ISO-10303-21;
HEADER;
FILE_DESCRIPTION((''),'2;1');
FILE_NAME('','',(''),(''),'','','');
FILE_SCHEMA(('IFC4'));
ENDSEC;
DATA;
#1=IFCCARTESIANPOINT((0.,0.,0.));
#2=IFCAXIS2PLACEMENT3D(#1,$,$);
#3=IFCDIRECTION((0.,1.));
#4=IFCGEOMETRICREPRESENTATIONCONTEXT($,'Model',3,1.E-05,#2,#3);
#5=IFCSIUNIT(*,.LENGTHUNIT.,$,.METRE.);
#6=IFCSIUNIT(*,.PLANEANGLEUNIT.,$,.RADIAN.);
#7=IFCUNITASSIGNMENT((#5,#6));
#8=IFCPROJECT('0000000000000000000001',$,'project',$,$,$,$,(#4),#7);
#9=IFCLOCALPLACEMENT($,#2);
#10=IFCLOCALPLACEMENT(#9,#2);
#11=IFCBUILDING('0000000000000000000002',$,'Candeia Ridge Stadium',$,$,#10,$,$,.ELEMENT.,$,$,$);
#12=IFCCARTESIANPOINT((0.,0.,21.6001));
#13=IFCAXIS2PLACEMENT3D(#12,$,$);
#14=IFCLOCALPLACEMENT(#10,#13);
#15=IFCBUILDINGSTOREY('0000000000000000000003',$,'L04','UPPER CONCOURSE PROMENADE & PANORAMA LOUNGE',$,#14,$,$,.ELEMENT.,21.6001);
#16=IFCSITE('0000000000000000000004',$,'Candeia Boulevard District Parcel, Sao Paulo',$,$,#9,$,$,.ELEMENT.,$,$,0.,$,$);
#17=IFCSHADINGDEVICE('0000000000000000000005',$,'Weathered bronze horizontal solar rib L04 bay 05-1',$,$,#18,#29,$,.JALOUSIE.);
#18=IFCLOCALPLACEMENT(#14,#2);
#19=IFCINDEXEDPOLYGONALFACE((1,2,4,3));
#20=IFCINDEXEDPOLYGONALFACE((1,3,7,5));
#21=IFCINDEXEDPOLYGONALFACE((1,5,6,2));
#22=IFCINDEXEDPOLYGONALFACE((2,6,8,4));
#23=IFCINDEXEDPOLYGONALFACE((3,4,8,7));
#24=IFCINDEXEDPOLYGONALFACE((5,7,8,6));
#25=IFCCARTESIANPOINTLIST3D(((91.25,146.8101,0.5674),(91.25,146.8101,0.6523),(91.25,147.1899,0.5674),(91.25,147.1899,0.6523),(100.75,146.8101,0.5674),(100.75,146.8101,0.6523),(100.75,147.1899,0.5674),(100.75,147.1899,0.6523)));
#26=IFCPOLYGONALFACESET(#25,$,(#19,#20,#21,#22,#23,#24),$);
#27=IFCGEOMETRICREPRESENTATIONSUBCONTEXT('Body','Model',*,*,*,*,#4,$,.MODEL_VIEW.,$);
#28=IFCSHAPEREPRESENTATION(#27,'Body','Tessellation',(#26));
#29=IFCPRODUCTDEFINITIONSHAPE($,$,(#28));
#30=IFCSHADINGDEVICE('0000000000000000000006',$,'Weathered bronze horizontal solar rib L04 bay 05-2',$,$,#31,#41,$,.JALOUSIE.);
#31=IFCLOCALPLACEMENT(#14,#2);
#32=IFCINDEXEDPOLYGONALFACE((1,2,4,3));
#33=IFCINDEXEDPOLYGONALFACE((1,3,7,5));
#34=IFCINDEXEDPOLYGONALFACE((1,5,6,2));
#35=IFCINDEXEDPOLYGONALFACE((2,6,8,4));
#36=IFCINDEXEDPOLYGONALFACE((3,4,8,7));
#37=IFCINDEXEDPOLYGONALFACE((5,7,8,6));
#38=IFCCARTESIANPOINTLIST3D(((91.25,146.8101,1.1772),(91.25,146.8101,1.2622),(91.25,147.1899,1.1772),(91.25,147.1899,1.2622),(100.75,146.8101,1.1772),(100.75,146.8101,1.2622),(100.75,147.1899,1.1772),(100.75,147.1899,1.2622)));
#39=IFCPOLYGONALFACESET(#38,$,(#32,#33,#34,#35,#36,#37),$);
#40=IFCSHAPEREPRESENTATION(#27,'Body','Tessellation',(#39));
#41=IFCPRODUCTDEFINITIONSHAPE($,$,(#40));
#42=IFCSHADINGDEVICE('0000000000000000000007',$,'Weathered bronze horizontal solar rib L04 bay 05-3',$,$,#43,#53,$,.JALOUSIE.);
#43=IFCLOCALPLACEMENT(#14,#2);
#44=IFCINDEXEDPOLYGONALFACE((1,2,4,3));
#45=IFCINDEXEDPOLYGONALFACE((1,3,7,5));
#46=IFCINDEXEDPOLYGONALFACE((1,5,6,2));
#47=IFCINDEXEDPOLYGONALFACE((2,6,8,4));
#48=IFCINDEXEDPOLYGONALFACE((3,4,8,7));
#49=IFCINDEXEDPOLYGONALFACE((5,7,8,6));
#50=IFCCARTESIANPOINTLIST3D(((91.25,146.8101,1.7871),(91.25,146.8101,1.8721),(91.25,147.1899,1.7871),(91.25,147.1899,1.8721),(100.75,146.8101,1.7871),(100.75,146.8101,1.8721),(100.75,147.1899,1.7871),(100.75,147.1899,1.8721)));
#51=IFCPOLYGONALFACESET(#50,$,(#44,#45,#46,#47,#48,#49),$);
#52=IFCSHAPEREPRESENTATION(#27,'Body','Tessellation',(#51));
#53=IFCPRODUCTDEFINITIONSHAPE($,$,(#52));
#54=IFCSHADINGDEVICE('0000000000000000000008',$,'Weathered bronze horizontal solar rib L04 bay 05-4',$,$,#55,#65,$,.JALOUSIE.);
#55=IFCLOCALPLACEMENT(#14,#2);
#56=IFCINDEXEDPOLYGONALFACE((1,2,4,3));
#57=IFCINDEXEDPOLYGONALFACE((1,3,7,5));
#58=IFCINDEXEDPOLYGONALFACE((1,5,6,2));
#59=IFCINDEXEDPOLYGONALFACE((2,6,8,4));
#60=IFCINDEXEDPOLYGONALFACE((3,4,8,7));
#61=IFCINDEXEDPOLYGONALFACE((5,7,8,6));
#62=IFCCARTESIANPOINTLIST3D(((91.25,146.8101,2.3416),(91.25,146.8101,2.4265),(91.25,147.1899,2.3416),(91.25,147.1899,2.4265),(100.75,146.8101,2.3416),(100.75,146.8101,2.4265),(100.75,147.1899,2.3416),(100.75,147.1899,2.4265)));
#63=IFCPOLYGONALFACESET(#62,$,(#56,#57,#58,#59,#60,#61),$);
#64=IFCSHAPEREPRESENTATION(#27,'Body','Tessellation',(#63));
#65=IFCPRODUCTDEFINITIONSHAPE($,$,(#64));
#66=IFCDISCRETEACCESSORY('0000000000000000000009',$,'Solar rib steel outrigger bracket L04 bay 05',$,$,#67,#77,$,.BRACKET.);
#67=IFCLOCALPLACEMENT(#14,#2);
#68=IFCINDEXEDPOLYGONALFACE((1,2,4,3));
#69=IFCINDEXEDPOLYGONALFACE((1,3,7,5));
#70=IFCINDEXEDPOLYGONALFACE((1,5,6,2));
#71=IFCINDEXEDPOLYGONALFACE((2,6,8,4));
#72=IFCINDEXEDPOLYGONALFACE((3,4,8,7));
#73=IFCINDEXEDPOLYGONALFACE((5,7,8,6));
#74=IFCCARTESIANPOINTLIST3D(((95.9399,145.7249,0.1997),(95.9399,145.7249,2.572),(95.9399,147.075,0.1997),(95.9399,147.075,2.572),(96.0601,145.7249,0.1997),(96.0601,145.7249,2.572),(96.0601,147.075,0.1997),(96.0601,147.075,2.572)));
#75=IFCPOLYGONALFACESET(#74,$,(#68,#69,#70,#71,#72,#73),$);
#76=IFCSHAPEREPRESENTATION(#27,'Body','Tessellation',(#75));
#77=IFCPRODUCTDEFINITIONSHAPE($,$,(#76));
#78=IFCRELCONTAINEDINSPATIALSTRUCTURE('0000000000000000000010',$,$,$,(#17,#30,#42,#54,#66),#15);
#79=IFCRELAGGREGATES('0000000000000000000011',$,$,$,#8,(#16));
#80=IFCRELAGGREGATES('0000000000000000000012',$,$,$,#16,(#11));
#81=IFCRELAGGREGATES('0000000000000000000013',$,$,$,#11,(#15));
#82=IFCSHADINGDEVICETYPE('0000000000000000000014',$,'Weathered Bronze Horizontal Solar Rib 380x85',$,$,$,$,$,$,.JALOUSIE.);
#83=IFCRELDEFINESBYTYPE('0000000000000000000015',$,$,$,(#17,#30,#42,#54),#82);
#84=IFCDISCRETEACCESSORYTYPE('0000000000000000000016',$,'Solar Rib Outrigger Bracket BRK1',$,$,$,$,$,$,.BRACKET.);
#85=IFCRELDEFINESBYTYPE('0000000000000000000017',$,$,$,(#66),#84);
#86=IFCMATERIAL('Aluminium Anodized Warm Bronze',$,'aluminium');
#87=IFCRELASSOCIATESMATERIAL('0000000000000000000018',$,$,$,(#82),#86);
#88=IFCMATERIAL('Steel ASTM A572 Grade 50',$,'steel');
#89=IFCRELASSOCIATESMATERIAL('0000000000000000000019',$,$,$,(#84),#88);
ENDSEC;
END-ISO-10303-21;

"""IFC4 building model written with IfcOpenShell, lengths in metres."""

from ifc_helpers import new_model, si_unit, direction, frame, origin, origin_2d, place, context, subcontext, project, spatial, rectangle, extrude, material, type_object, element, save


model = new_model("IFC4")

# Units and contexts
model_context = context("Model", 3, precision=1e-05, world=origin(), true_north=direction((0.0, 1.0)))
body_context = subcontext(model_context, "Body", "Model", "MODEL_VIEW")
ifc_project = project(units=[si_unit("LENGTHUNIT", "METRE"), si_unit("PLANEANGLEUNIT", "RADIAN")], contexts=[model_context])

# Site, building, storey
site_placement = place(None, origin())
site = spatial("IfcSite", under=ifc_project, at=site_placement, Name="Candeia Boulevard District Parcel, Sao Paulo", CompositionType="ELEMENT", RefElevation=0.0)
building_placement = place(site_placement, origin())
building = spatial("IfcBuilding", under=site, at=building_placement, Name="Candeia Ridge Stadium", CompositionType="ELEMENT")
storey_placement = place(building_placement, frame((0.0, 0.0, 21.6001)))
storey = spatial("IfcBuildingStorey", under=building, at=storey_placement, Name="L04", Description="UPPER CONCOURSE PROMENADE & PANORAMA LOUNGE", CompositionType="ELEMENT", Elevation=21.6001)

# Shared definitions
ifc_material_1 = material(Name="Aluminium Anodized Warm Bronze", Category="aluminium")

# Shading devices
shading_device_type = type_object("IfcShadingDeviceType", Name="Weathered Bronze Horizontal Solar Rib 380x85", PredefinedType="JALOUSIE", material=ifc_material_1)
for number, where, z_axis, x_axis, name in (
    (1, (96.0, 147.0, 0.5674), (0.0, 0.0, 1.0), (-1.0, 0.0, 0.0), "Weathered bronze horizontal solar rib L04 bay 05-1"),
    (2, (96.0, 147.0, 1.1772), (0.0, 0.0, 1.0), (-1.0, 0.0, 0.0), "Weathered bronze horizontal solar rib L04 bay 05-2"),
    (3, (96.0, 147.0, 1.7871), (0.0, 0.0, 1.0), (-1.0, 0.0, 0.0), "Weathered bronze horizontal solar rib L04 bay 05-3"),
    (4, (96.0, 147.0, 2.3416), (0.0, 0.0, 1.0), (-1.0, 0.0, 0.0), "Weathered bronze horizontal solar rib L04 bay 05-4"),
):
    element("IfcShadingDevice", number, at=place(storey_placement, frame(where, z_axis=z_axis, x_axis=x_axis)), inside=storey, type_object=shading_device_type, Name=name, PredefinedType="JALOUSIE", context=body_context, shape_type="SweptSolid", body=[
        extrude(rectangle(XDim=9.5, YDim=0.3799, at=origin_2d()), origin(), (0.0, 0.0, 1.0), 0.085),
    ])

# Discrete accessory
ifc_material_2 = material(Name="Steel ASTM A572 Grade 50", Category="steel")
discrete_accessory_type = type_object("IfcDiscreteAccessoryType", Name="Solar Rib Outrigger Bracket BRK1", PredefinedType="BRACKET", material=ifc_material_2)
discrete_accessory_placement = place(storey_placement, frame((96.0, 146.3999, 0.1997), z_axis=(0.0, 0.0, 1.0), x_axis=(0.0, 1.0, 0.0)))
element("IfcDiscreteAccessory", 5, at=discrete_accessory_placement, inside=storey, type_object=discrete_accessory_type, Name="Solar rib steel outrigger bracket L04 bay 05", PredefinedType="BRACKET", context=body_context, shape_type="SweptSolid", body=[
    extrude(rectangle(XDim=1.3501, YDim=0.1201, at=origin_2d()), origin(), (0.0, 0.0, 1.0), 2.3723),
])

save(model, "model.ifc")
